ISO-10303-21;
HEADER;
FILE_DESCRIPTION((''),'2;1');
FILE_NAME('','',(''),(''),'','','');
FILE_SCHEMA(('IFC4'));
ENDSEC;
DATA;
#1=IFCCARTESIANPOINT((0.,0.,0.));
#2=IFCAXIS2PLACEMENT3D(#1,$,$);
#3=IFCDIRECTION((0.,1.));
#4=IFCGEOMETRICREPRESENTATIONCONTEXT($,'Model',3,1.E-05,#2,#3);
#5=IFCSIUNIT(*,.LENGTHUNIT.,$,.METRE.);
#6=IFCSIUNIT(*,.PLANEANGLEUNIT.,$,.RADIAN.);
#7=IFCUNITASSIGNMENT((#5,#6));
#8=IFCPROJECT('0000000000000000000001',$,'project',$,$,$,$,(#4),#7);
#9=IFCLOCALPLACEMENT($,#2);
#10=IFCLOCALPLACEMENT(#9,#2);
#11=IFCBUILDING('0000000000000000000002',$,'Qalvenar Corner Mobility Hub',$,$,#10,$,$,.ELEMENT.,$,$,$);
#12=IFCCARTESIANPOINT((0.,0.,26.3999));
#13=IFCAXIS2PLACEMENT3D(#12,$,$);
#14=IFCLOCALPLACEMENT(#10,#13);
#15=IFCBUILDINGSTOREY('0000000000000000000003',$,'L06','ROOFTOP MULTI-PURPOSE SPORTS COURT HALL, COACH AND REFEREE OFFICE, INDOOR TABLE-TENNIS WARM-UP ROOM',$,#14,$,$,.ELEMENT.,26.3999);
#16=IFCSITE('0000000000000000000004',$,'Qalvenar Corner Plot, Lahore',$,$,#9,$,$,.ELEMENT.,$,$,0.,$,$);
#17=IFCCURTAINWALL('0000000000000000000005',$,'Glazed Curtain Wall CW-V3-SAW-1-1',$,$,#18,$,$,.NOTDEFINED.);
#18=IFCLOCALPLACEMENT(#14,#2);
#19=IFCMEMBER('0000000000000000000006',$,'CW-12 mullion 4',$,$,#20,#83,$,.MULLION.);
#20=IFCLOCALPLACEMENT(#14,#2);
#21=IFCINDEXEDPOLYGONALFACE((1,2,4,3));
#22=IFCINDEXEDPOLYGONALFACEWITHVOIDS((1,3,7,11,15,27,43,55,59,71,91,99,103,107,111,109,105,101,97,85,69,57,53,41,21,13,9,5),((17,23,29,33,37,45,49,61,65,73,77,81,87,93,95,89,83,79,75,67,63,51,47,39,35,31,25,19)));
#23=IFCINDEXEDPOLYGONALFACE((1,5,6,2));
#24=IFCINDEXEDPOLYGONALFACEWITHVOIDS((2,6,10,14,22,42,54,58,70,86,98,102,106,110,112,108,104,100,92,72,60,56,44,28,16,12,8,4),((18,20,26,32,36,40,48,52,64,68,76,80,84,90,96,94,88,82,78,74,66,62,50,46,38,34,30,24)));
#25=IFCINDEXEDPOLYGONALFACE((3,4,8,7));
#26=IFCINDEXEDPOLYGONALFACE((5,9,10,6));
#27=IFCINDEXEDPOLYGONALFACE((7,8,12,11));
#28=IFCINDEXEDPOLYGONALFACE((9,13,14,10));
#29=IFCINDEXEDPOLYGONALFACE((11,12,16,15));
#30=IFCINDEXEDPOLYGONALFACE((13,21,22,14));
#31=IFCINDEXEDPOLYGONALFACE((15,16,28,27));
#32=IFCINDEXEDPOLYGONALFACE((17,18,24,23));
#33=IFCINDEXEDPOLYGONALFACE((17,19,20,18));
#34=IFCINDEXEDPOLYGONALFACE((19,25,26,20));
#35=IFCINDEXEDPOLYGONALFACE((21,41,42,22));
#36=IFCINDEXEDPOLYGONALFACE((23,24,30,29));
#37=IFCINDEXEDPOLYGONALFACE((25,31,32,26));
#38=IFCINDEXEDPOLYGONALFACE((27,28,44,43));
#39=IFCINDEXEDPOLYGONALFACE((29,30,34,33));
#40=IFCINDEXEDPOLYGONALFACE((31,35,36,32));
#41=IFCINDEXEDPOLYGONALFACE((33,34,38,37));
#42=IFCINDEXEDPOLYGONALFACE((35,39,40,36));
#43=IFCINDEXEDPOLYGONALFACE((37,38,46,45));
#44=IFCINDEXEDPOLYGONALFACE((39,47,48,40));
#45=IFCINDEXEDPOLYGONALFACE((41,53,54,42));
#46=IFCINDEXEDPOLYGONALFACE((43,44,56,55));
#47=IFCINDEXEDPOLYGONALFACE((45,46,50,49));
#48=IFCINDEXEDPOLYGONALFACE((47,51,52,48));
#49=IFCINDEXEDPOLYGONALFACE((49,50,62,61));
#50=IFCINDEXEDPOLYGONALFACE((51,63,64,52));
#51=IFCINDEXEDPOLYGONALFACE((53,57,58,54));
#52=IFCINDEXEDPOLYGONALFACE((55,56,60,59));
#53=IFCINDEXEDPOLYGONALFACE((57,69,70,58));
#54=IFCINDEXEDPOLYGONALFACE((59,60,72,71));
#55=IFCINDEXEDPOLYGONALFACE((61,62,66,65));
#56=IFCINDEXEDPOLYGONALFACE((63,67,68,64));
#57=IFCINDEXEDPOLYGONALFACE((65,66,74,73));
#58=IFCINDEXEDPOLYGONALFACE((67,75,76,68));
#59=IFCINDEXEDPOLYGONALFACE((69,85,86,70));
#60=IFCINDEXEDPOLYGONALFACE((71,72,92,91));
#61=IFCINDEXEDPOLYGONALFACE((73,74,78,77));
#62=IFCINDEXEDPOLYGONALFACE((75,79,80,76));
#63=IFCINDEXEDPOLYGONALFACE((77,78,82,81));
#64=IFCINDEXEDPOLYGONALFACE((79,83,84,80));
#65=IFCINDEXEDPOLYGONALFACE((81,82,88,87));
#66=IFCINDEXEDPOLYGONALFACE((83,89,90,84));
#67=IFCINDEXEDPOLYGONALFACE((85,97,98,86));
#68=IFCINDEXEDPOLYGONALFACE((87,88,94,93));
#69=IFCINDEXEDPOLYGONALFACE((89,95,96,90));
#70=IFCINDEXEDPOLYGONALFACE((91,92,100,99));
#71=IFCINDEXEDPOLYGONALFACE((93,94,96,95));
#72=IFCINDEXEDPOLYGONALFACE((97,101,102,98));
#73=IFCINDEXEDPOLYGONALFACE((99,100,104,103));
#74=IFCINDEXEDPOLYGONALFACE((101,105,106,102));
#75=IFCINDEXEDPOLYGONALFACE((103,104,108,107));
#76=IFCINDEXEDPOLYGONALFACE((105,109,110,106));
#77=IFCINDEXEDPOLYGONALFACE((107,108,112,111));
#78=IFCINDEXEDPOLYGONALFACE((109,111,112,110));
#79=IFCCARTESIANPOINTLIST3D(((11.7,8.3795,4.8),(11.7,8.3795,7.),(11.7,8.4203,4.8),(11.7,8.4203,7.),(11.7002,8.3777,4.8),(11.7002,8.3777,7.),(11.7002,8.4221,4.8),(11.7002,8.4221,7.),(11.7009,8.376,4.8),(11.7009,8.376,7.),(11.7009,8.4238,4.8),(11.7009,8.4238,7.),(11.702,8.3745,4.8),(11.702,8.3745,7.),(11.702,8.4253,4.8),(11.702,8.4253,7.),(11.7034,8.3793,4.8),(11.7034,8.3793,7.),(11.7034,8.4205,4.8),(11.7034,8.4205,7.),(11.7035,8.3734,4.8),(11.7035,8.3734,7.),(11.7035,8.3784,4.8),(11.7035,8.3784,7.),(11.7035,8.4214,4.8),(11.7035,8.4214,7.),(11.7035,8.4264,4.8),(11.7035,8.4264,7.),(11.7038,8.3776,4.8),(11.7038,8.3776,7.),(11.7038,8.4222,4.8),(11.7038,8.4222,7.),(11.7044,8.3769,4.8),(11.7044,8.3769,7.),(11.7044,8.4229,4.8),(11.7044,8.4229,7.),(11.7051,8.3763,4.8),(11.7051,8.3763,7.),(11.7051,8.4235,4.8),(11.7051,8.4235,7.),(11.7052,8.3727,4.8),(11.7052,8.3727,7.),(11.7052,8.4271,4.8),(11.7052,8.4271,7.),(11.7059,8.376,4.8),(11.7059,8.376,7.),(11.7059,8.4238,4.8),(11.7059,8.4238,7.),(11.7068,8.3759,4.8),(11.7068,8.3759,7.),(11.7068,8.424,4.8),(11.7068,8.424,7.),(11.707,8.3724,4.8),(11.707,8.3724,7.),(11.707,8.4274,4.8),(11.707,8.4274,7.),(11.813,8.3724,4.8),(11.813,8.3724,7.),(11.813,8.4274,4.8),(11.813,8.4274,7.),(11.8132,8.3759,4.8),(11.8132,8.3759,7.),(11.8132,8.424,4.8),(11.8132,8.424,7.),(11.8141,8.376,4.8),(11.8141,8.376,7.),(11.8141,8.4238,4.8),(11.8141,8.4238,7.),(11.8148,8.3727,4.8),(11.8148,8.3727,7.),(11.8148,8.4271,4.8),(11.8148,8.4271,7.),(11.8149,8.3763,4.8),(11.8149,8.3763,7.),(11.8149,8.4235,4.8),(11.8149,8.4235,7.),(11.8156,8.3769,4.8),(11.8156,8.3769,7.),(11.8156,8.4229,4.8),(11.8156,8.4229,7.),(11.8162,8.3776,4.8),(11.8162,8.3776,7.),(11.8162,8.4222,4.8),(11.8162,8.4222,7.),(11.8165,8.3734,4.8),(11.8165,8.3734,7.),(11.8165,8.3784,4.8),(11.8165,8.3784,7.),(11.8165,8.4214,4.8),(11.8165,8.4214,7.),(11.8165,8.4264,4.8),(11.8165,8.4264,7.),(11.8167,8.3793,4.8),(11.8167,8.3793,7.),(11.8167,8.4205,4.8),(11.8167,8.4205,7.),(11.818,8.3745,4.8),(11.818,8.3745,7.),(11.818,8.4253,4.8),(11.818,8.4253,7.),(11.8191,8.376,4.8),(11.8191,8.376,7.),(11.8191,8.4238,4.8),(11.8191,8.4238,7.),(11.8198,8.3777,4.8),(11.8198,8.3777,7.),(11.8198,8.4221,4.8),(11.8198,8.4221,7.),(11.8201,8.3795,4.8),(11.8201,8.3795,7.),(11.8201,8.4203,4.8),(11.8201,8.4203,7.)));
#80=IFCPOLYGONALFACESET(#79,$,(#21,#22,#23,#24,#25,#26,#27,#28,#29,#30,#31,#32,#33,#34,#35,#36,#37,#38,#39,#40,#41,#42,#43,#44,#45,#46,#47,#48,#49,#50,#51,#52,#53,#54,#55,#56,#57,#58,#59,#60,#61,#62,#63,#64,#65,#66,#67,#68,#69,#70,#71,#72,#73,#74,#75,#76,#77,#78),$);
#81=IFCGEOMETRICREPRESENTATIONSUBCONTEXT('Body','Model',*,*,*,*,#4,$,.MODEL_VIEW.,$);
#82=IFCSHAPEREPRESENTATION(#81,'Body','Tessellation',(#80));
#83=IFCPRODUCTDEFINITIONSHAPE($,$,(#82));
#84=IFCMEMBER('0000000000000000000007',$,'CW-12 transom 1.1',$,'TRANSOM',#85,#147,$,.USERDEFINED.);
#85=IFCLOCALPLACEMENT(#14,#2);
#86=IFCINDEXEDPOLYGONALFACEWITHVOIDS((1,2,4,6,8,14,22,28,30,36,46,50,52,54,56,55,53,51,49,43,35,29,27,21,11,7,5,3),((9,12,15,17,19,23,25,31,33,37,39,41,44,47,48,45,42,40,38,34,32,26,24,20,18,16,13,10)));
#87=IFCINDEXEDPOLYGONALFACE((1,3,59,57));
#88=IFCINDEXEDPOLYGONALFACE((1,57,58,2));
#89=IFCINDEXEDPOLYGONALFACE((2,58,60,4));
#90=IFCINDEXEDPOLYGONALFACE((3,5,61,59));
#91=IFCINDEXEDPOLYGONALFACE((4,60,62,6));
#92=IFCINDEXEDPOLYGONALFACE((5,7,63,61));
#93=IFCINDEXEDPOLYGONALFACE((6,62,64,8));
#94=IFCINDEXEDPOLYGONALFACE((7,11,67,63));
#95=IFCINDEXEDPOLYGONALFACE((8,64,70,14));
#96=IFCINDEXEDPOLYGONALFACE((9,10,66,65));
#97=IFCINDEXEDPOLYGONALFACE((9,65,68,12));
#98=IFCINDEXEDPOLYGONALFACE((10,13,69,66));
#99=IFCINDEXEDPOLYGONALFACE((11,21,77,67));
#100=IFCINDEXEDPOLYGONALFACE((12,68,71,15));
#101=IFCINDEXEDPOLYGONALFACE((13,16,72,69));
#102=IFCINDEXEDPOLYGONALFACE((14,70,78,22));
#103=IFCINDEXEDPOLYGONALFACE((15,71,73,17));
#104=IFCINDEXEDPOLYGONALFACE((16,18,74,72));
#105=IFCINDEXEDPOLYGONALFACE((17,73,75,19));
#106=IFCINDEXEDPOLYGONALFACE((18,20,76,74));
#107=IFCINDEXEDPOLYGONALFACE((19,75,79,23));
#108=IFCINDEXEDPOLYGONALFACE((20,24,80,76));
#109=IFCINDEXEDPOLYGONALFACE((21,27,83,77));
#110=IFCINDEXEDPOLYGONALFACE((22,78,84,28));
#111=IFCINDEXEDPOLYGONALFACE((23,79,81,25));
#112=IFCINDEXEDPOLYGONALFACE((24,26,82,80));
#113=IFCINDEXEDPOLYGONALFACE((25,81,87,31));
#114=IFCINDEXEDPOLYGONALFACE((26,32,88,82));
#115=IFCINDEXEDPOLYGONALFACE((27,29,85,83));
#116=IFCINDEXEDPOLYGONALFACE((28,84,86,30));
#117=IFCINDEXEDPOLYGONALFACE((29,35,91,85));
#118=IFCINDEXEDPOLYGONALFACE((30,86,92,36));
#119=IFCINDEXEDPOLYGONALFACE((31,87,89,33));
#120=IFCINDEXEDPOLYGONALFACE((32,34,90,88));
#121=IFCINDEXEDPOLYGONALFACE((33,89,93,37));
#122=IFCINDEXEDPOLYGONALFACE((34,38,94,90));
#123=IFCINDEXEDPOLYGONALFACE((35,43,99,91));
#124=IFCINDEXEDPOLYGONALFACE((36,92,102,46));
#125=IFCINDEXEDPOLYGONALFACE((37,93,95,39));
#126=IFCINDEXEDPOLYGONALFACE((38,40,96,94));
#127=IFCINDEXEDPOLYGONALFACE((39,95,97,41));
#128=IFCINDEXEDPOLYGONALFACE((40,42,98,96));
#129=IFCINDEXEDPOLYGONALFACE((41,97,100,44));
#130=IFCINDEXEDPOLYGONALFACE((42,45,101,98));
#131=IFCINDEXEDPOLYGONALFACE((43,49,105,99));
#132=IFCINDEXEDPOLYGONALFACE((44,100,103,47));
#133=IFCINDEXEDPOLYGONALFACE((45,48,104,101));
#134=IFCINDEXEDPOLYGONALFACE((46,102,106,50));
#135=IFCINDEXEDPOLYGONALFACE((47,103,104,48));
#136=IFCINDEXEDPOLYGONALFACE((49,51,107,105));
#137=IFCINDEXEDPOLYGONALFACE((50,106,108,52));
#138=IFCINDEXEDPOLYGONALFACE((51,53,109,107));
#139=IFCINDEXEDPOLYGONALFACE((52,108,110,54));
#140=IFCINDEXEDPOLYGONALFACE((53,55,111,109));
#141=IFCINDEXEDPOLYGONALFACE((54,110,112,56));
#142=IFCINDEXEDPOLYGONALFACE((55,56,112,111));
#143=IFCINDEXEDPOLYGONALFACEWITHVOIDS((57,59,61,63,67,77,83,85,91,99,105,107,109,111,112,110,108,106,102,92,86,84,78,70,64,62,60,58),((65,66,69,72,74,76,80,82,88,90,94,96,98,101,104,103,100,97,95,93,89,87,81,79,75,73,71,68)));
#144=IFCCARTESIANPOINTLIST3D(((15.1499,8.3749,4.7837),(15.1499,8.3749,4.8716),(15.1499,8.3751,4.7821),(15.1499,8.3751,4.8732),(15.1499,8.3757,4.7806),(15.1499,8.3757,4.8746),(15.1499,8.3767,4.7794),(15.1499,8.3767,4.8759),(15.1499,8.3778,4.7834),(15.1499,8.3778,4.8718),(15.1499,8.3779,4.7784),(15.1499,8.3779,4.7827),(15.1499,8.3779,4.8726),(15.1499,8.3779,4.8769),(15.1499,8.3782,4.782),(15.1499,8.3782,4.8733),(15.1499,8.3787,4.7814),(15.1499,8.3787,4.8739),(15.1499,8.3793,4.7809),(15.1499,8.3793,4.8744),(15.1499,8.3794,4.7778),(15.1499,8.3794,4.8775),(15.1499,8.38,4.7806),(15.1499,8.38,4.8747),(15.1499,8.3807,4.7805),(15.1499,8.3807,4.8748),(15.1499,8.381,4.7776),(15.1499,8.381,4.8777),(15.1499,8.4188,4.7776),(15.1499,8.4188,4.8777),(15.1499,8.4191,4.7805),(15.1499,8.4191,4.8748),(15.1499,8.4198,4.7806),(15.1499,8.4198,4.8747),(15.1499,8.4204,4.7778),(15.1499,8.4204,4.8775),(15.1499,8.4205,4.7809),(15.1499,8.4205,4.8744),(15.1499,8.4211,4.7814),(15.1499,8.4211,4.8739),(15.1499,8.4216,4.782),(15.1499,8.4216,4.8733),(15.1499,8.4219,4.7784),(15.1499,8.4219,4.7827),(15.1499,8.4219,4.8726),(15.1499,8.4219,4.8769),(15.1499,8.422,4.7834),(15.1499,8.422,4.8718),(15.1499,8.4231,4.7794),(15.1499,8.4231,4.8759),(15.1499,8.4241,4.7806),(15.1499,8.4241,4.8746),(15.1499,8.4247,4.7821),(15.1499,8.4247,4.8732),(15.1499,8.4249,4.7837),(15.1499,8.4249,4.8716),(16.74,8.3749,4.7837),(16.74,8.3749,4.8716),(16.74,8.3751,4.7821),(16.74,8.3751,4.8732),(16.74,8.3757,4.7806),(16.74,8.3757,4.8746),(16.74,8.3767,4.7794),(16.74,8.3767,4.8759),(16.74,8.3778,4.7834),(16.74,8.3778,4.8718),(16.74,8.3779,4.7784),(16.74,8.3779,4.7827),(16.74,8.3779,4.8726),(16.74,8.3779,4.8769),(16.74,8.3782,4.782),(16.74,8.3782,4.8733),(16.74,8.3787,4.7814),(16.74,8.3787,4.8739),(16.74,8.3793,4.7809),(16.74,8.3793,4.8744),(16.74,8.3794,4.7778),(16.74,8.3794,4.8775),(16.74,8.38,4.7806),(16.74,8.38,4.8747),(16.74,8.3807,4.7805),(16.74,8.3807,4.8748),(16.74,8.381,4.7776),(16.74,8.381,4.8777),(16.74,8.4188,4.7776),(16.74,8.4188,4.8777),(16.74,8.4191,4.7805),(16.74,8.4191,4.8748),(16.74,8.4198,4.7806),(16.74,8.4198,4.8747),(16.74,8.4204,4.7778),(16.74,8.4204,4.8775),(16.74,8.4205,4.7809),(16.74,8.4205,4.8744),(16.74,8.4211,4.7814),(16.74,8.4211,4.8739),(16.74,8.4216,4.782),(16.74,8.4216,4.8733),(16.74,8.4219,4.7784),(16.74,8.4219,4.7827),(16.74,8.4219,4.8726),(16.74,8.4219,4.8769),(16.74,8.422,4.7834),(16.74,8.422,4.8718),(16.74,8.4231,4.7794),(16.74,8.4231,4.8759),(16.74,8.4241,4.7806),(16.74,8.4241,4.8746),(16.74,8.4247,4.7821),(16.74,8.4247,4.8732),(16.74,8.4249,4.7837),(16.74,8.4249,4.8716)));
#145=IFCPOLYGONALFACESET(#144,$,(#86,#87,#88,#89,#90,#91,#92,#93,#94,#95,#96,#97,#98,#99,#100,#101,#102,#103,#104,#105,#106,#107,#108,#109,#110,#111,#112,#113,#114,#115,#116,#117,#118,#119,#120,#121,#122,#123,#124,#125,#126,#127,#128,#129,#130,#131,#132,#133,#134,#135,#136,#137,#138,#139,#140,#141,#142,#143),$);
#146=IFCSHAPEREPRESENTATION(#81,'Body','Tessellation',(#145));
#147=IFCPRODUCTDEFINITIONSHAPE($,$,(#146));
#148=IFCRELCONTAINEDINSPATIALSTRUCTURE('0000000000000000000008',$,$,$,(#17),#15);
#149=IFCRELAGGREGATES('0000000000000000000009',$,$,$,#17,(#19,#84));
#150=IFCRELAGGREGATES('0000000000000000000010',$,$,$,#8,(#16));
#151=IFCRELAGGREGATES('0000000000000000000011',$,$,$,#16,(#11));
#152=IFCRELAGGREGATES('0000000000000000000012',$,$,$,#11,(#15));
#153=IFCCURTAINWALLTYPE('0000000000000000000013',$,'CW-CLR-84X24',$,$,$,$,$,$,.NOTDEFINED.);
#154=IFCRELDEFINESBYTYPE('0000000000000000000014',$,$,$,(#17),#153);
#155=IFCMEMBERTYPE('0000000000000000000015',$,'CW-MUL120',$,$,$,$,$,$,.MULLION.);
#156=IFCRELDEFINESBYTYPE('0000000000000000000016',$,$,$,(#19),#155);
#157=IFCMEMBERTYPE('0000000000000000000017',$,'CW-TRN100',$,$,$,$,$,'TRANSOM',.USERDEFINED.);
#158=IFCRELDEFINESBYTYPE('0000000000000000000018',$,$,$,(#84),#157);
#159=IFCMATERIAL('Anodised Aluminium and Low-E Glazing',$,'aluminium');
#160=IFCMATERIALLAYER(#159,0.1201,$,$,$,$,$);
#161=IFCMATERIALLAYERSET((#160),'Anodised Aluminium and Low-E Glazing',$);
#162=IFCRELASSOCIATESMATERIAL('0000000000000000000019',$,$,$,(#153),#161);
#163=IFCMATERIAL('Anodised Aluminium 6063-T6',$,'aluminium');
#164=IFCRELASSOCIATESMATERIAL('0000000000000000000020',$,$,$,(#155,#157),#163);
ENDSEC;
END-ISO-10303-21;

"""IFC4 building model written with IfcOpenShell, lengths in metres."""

from ifc_helpers import new_model, si_unit, direction, frame, origin, origin_2d, place, context, subcontext, project, spatial, hollow_rectangle, extrude, material, layer, layer_set, material_profile, profile_set, type_object, element, aggregate, save


model = new_model("IFC4")

# Units and contexts
model_context = context("Model", 3, precision=1e-05, world=origin(), true_north=direction((0.0, 1.0)))
body_context = subcontext(model_context, "Body", "Model", "MODEL_VIEW")
ifc_project = project(units=[si_unit("LENGTHUNIT", "METRE"), si_unit("PLANEANGLEUNIT", "RADIAN")], contexts=[model_context])

# Site, building, storey
site_placement = place(None, origin())
site = spatial("IfcSite", under=ifc_project, at=site_placement, Name="Qalvenar Corner Plot, Lahore", CompositionType="ELEMENT", RefElevation=0.0)
building_placement = place(site_placement, origin())
building = spatial("IfcBuilding", under=site, at=building_placement, Name="Qalvenar Corner Mobility Hub", CompositionType="ELEMENT")
storey_placement = place(building_placement, frame((0.0, 0.0, 26.3999)))
storey = spatial("IfcBuildingStorey", under=building, at=storey_placement, Name="L06", Description="ROOFTOP MULTI-PURPOSE SPORTS COURT HALL, COACH AND REFEREE OFFICE, INDOOR TABLE-TENNIS WARM-UP ROOM", CompositionType="ELEMENT", Elevation=26.3999)

# Curtain wall, members
ifc_material_1 = material(Name="Anodised Aluminium and Low-E Glazing", Category="aluminium")
ifc_layer_1 = layer(ifc_material_1, 0.1201)
ifc_layer_set_1 = layer_set([ifc_layer_1], Name="Anodised Aluminium and Low-E Glazing")
curtain_wall_type = type_object("IfcCurtainWallType", Name="CW-CLR-84X24", PredefinedType="NOTDEFINED", material=ifc_layer_set_1)
curtain_wall_placement = place(storey_placement, origin())
curtain_wall = element("IfcCurtainWall", 1, at=curtain_wall_placement, inside=storey, type_object=curtain_wall_type, Name="Glazed Curtain Wall CW-V3-SAW-1-1", PredefinedType="NOTDEFINED")
ifc_material_2 = material(Name="Anodised Aluminium 6063-T6", Category="aluminium")
ifc_material_profile_1 = material_profile(ifc_material_2, hollow_rectangle(XDim=0.0549, YDim=0.1201, WallThickness=0.0034, InnerFilletRadius=0.0034, OuterFilletRadius=0.0071, at=origin_2d()), Name="RHS120x55x3.5")
ifc_profile_set_1 = profile_set([ifc_material_profile_1], Name="Anodised Aluminium 6063-T6")
member_type_1 = type_object("IfcMemberType", Name="CW-MUL120", PredefinedType="MULLION", material=ifc_profile_set_1)
member_1_placement = place(storey_placement, frame((11.76, 8.3999, 4.8), z_axis=(0.0, 0.0, 1.0), x_axis=(0.0, -1.0, 0.0)))
member_1 = element("IfcMember", 2, at=member_1_placement, type_object=member_type_1, Name="CW-12 mullion 4", PredefinedType="MULLION", context=body_context, shape_type="SweptSolid", body=[
    extrude(hollow_rectangle(XDim=0.0549, YDim=0.1201, WallThickness=0.0034, InnerFilletRadius=0.0034, OuterFilletRadius=0.0071, at=origin_2d()), origin(), (0.0, 0.0, 1.0), 2.2),
])
ifc_material_profile_2 = material_profile(ifc_material_2, hollow_rectangle(XDim=0.05, YDim=0.1001, WallThickness=0.0029, InnerFilletRadius=0.0029, OuterFilletRadius=0.0061, at=origin_2d()), Name="RHS100x50x3")
ifc_profile_set_2 = profile_set([ifc_material_profile_2], Name="Anodised Aluminium 6063-T6")
member_type_2 = type_object("IfcMemberType", Name="CW-TRN100", ElementType="TRANSOM", PredefinedType="USERDEFINED", material=ifc_profile_set_2)
member_2_placement = place(storey_placement, frame((16.74, 8.3999, 4.8276), z_axis=(-1.0, 0.0, 0.0), x_axis=(0.0, -1.0, 0.0)))
member_2 = element("IfcMember", 3, at=member_2_placement, type_object=member_type_2, Name="CW-12 transom 1.1", ObjectType="TRANSOM", PredefinedType="USERDEFINED", context=body_context, shape_type="SweptSolid", body=[
    extrude(hollow_rectangle(XDim=0.05, YDim=0.1001, WallThickness=0.0029, InnerFilletRadius=0.0029, OuterFilletRadius=0.0061, at=origin_2d()), origin(), (0.0, 0.0, 1.0), 1.5901),
])

aggregate(curtain_wall, [member_1, member_2])

save(model, "model.ifc")
